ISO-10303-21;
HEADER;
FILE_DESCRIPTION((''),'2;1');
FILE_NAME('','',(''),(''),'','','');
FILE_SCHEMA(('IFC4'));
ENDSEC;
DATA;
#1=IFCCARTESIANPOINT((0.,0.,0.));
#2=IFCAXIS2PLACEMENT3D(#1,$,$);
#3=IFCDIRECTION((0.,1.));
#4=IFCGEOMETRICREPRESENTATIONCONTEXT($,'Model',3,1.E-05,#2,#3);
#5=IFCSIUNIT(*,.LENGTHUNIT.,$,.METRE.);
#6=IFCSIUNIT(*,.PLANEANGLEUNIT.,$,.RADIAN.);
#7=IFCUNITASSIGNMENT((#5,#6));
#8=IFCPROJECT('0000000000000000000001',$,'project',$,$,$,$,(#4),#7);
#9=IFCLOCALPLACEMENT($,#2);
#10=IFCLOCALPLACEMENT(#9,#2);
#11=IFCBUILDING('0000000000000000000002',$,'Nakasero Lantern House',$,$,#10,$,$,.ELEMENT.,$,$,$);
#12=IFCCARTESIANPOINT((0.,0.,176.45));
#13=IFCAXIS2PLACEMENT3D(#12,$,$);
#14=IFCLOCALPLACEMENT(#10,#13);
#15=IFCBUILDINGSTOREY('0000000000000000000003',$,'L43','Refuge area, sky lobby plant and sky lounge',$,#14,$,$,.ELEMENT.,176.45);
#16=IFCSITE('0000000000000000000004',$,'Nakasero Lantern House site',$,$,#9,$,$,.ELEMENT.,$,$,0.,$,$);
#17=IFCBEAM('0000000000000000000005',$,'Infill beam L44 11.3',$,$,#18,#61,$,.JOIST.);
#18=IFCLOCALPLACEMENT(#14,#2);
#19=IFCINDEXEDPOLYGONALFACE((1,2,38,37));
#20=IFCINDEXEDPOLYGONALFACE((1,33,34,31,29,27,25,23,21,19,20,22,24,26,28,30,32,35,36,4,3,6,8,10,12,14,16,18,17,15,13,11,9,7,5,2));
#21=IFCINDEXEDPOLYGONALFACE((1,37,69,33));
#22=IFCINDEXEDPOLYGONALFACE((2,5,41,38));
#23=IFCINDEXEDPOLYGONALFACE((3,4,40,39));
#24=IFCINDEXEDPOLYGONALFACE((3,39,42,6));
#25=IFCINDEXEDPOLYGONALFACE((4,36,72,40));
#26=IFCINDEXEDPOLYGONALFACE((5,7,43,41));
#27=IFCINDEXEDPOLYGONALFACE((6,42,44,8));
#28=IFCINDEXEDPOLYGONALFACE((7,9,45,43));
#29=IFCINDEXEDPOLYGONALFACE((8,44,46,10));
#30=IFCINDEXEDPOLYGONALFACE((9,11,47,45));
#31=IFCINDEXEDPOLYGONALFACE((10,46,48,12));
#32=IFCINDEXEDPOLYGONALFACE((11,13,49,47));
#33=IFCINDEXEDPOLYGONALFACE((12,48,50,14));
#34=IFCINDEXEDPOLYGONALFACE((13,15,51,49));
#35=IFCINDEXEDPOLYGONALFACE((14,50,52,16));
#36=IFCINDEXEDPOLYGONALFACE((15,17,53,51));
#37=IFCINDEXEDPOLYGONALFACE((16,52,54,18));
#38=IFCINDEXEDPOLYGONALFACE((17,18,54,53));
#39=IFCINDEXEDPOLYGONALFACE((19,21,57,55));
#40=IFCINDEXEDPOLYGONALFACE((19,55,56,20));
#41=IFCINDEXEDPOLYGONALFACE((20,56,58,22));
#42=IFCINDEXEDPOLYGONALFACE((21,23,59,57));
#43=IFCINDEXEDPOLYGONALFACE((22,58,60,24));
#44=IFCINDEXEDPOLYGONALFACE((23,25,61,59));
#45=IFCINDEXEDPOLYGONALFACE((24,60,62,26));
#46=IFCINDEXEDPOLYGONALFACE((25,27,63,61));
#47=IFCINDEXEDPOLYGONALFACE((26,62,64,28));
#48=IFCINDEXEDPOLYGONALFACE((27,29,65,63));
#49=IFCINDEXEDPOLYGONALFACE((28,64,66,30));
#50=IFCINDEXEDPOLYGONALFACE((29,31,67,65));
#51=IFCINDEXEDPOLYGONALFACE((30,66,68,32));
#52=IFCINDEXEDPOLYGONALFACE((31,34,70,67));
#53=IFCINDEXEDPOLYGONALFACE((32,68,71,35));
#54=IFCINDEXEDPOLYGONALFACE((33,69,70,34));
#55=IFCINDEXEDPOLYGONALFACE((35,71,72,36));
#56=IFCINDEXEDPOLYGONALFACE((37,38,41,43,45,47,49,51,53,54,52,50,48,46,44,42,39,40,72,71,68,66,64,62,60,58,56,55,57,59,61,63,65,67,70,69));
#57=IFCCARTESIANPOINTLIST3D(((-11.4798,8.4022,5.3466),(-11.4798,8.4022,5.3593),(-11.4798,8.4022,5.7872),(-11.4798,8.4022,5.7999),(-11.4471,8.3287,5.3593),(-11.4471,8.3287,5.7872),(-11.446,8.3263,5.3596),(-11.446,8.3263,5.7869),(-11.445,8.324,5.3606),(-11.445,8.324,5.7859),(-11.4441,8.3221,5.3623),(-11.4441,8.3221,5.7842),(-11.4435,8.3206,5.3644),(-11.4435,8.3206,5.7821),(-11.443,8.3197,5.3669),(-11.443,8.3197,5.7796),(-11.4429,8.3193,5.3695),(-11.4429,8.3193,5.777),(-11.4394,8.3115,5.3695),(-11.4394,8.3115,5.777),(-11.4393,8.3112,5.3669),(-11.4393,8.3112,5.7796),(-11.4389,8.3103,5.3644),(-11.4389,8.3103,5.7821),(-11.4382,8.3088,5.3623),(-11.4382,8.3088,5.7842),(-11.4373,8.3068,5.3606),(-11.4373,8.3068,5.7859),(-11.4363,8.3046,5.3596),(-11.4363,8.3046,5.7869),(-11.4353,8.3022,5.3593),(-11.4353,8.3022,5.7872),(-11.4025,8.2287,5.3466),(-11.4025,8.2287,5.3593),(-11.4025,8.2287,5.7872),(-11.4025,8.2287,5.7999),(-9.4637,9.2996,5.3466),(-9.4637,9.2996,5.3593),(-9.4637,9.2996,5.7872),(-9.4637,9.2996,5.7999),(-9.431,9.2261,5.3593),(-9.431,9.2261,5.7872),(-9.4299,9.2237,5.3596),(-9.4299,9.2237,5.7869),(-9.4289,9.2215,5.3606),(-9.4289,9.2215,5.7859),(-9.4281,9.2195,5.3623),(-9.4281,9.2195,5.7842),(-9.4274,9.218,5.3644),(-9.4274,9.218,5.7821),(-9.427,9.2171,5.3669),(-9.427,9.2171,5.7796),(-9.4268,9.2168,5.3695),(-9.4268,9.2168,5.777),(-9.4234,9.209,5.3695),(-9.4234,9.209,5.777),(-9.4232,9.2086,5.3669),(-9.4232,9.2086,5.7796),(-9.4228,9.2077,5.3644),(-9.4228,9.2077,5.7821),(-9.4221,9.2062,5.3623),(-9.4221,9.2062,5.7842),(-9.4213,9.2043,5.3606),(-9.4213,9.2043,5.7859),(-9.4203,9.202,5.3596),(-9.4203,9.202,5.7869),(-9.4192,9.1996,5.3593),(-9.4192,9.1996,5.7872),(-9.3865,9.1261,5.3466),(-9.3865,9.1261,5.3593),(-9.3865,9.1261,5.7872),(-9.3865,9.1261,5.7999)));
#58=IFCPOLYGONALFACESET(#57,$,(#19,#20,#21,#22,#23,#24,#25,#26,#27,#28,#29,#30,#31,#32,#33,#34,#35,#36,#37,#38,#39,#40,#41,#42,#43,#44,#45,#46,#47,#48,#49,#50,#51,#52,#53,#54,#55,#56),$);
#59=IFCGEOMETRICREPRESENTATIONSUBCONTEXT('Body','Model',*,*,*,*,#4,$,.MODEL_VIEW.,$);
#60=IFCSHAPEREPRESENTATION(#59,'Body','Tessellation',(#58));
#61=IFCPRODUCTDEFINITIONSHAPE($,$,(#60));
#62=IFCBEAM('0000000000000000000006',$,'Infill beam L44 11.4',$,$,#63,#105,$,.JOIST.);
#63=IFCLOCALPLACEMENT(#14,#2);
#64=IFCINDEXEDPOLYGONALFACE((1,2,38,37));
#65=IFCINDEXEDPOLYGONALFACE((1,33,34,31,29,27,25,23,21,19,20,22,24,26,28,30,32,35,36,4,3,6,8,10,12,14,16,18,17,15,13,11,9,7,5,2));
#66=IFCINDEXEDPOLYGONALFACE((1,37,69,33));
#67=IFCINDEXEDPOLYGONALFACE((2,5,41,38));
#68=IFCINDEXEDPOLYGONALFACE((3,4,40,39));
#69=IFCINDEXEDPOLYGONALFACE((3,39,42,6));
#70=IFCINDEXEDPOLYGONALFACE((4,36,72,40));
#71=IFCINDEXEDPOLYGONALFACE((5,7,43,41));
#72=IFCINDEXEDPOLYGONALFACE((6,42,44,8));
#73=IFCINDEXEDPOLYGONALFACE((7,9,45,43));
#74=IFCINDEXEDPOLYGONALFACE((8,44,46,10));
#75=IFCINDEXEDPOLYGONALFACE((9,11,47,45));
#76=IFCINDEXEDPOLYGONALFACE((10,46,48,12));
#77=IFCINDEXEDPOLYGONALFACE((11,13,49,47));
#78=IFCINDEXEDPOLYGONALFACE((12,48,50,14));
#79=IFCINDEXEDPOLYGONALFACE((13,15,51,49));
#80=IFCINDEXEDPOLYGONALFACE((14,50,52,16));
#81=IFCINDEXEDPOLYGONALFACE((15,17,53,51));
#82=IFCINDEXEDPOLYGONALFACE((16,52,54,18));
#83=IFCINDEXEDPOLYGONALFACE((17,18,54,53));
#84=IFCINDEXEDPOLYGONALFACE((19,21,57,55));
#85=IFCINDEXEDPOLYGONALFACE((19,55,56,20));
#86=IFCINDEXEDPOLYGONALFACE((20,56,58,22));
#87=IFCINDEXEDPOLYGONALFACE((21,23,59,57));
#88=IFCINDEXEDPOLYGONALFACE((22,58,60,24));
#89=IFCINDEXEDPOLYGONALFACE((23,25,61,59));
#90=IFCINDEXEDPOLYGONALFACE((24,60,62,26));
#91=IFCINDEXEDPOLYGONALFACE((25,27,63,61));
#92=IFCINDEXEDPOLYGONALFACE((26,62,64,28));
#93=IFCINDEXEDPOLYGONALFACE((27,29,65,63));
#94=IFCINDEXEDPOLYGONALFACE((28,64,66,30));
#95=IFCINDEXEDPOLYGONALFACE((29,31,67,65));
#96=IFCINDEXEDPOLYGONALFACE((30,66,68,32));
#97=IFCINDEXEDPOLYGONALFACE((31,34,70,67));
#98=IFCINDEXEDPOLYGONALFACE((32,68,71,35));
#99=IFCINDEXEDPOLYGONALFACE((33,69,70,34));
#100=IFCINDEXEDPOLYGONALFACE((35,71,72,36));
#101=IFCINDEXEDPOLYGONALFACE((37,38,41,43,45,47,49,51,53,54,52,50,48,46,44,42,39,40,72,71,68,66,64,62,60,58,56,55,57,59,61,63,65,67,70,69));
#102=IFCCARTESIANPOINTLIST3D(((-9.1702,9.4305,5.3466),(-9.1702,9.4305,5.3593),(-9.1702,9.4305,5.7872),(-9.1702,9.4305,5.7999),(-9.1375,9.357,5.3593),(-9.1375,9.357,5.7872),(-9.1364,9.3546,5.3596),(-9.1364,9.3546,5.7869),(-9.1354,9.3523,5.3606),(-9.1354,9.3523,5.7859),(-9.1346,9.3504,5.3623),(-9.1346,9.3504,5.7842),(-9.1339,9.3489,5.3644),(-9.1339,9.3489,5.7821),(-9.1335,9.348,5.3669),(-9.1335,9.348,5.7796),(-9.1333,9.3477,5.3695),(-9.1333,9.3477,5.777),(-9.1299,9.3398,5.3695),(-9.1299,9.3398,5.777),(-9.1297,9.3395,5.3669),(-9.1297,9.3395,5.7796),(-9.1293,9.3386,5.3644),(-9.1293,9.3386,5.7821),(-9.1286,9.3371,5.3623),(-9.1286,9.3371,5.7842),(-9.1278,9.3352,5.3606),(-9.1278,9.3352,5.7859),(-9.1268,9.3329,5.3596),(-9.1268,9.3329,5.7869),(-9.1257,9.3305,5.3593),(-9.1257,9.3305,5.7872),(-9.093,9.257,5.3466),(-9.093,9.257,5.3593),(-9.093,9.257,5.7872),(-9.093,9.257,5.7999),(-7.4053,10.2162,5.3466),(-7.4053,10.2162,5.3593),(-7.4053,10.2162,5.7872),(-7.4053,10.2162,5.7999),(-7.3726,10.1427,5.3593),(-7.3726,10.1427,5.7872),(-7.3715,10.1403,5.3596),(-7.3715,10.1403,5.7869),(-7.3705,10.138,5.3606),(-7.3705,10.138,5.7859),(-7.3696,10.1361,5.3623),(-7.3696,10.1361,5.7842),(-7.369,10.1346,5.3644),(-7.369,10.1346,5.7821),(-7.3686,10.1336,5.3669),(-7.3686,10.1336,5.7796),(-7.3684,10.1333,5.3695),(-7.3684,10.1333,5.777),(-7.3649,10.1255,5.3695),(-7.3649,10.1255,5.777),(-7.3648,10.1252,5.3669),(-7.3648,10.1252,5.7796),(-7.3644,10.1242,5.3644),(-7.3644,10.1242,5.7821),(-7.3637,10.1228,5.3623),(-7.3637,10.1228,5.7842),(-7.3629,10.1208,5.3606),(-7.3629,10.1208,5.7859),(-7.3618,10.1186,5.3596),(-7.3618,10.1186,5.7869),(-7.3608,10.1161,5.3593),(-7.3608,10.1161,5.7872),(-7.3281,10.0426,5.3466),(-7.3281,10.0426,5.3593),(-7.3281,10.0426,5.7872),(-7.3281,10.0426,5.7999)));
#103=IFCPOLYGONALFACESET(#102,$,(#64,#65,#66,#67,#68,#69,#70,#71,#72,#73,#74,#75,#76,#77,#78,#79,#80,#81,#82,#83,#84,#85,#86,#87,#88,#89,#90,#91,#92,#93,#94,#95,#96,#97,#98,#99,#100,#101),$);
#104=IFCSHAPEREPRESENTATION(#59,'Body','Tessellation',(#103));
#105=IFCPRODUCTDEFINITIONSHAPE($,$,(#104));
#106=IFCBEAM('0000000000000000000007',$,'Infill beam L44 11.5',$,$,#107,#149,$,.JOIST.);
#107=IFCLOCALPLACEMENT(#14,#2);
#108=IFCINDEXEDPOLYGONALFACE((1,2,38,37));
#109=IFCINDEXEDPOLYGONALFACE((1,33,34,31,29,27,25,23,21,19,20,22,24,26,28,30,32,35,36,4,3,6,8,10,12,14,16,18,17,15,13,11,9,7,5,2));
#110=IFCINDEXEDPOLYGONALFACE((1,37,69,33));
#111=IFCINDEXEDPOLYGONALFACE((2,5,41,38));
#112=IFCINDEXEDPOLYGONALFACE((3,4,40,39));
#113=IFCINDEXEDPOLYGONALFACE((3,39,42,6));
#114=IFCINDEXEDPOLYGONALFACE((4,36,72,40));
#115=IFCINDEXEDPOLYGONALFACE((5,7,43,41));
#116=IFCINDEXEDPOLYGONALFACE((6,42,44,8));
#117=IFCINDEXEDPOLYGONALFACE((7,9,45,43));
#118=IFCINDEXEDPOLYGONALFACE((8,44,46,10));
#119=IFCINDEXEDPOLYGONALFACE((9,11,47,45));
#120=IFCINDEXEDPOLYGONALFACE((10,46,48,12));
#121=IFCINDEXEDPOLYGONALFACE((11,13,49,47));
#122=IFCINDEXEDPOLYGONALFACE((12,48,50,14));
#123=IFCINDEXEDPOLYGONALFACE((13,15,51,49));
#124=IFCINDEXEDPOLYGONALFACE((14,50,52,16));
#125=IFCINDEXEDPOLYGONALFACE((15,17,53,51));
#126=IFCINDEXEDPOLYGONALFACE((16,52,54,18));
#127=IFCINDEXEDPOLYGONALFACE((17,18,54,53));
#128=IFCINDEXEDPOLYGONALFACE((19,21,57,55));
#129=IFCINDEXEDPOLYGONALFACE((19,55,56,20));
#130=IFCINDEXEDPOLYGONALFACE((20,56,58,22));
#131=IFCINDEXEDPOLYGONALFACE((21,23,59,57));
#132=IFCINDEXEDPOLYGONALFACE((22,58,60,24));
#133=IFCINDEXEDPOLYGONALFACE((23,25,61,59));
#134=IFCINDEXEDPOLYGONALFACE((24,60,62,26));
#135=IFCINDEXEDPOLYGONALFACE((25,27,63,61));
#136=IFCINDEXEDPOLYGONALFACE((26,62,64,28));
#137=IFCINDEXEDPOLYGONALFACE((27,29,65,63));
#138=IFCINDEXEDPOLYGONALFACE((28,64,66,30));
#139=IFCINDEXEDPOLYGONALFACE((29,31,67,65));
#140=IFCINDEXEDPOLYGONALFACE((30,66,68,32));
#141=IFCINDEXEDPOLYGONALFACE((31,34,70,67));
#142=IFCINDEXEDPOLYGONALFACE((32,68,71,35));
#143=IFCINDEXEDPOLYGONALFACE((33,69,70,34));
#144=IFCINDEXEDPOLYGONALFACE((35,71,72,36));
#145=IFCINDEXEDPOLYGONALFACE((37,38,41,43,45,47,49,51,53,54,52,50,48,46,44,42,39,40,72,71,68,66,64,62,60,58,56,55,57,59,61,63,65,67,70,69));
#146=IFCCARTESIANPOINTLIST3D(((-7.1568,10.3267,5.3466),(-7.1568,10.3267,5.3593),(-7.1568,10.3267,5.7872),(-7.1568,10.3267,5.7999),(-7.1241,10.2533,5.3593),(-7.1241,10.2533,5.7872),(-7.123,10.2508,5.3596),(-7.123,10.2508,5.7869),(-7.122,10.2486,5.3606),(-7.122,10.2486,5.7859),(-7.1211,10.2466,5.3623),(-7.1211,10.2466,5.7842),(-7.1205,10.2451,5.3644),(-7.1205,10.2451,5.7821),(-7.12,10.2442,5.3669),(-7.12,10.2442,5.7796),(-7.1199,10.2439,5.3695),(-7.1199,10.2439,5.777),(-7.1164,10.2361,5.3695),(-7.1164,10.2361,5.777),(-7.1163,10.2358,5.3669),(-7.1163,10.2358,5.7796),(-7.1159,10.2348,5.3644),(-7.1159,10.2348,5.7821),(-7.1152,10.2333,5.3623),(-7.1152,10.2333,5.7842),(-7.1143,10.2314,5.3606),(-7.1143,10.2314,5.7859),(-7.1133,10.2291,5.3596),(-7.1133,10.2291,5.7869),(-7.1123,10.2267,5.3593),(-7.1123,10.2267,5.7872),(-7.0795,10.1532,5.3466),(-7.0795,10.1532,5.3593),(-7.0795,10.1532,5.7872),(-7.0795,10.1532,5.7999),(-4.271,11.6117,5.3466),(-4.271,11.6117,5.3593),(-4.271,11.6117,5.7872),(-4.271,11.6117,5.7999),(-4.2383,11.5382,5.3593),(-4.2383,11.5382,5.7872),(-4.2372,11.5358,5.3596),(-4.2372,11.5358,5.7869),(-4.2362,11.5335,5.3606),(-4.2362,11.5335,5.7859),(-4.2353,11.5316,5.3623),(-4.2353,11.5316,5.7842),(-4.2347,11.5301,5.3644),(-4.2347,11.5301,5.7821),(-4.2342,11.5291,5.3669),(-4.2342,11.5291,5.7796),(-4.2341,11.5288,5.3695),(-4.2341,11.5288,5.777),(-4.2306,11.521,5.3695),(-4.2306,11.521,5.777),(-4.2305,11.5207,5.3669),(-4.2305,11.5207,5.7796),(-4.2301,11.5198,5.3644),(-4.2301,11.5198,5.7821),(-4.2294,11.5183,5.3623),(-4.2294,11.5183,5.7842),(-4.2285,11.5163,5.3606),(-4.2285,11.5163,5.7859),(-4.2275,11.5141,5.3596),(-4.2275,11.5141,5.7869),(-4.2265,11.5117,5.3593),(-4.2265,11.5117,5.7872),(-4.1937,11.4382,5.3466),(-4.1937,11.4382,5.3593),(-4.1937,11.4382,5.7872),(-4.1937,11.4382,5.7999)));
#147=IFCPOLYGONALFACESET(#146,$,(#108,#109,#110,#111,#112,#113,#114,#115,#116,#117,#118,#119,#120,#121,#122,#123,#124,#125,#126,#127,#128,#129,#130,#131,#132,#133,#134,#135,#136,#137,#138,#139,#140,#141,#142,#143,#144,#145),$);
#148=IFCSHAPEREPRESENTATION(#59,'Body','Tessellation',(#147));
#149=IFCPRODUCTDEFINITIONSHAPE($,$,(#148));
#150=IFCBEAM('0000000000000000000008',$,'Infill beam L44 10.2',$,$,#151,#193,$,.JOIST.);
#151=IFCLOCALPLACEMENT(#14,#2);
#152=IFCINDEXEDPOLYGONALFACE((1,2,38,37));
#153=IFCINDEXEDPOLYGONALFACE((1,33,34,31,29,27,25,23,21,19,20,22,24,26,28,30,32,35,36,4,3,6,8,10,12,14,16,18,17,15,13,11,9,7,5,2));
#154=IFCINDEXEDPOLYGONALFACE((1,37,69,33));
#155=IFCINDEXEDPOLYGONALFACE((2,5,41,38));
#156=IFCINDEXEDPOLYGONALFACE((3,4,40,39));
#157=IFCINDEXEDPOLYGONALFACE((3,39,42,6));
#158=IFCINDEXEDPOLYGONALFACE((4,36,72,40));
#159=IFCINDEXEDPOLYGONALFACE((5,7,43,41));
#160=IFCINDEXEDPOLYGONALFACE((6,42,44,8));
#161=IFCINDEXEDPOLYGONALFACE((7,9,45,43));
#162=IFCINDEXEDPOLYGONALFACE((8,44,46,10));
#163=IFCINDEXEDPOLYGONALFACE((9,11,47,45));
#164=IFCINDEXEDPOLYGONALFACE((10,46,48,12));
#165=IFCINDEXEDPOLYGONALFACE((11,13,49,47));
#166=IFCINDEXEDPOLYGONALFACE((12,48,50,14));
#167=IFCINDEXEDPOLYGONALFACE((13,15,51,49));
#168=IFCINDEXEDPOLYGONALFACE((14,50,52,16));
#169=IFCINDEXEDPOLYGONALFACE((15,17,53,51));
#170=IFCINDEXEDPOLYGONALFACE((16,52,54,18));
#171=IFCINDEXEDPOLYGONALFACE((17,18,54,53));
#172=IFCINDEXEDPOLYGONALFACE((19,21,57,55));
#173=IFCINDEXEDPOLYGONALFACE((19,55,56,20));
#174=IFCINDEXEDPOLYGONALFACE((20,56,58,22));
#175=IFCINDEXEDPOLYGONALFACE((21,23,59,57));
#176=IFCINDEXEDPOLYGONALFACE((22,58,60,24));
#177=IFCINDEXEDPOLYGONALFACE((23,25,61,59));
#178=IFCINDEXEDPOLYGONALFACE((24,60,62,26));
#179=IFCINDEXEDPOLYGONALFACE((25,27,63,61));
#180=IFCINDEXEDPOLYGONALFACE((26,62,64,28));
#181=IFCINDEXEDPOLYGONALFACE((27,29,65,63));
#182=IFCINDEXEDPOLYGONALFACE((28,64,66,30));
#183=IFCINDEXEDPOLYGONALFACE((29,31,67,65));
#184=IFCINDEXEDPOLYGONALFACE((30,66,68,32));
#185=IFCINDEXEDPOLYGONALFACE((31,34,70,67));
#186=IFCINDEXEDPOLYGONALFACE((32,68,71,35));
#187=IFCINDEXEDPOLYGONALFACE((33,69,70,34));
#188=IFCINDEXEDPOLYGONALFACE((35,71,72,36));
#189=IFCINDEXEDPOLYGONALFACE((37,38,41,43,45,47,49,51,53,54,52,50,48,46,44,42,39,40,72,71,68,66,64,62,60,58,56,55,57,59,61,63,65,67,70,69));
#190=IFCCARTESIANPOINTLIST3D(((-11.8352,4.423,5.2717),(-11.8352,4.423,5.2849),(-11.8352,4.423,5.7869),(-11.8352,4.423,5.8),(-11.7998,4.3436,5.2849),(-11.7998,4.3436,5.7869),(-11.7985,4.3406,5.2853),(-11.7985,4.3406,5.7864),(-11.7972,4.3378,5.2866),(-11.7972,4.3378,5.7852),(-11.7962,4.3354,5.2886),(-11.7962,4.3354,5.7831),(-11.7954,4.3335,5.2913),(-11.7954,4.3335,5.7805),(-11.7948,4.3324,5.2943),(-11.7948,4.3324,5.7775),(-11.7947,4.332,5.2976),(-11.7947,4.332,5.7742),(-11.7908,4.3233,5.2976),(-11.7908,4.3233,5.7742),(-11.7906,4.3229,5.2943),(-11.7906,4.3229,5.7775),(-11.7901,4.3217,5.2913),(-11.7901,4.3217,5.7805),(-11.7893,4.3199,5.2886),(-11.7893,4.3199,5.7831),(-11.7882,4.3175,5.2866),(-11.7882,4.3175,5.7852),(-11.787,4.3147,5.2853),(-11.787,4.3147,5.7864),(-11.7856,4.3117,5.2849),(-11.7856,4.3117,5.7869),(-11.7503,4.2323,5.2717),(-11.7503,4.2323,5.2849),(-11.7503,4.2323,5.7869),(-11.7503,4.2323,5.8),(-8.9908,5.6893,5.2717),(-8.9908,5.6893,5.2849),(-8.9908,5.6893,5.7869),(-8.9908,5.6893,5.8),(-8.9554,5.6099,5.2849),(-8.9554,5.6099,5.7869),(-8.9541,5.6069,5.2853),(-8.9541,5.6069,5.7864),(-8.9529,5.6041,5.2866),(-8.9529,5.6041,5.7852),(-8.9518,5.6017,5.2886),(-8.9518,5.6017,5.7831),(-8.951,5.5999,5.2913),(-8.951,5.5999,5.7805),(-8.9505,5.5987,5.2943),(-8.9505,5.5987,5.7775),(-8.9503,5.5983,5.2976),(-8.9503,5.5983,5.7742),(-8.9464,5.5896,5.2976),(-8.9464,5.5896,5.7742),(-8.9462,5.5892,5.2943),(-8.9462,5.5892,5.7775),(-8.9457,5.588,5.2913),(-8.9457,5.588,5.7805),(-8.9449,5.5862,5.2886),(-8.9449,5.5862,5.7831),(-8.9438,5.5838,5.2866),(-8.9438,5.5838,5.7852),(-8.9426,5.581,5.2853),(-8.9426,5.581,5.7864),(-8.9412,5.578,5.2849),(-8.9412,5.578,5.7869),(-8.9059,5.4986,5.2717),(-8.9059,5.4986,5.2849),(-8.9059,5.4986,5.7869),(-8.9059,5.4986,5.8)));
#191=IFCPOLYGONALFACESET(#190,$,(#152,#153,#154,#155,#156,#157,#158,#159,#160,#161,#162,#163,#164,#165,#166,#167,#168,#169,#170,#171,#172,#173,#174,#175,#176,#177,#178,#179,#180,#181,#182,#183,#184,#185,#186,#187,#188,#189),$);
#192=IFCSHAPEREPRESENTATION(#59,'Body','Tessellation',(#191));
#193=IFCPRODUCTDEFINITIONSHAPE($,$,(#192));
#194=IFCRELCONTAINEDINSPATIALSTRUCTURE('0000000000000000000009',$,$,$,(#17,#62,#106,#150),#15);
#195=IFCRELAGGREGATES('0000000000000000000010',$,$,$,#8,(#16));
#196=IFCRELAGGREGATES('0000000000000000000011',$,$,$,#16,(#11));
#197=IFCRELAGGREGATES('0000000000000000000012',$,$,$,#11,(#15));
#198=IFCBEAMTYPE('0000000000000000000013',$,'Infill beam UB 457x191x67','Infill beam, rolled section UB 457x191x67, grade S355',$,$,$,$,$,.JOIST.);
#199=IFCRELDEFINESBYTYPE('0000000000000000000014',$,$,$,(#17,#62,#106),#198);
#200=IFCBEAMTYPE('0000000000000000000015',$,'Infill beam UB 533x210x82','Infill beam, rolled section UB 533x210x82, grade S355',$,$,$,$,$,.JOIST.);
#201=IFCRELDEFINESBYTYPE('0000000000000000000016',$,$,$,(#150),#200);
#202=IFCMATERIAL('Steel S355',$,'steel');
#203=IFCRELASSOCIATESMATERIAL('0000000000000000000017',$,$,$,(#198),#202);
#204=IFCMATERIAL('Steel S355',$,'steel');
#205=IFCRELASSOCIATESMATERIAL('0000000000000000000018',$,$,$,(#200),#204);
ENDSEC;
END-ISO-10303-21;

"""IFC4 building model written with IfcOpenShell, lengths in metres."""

from ifc_helpers import new_model, si_unit, direction, frame, origin, origin_2d, place, context, subcontext, project, spatial, i_section, extrude, material, material_profile, profile_set, type_object, element, save


model = new_model("IFC4")

# Units and contexts
model_context = context("Model", 3, precision=1e-05, world=origin(), true_north=direction((0.0, 1.0)))
body_context = subcontext(model_context, "Body", "Model", "MODEL_VIEW")
ifc_project = project(units=[si_unit("LENGTHUNIT", "METRE"), si_unit("PLANEANGLEUNIT", "RADIAN")], contexts=[model_context])

# Site, building, storey
site_placement = place(None, origin())
site = spatial("IfcSite", under=ifc_project, at=site_placement, Name="Nakasero Lantern House site", CompositionType="ELEMENT", RefElevation=0.0)
building_placement = place(site_placement, origin())
building = spatial("IfcBuilding", under=site, at=building_placement, Name="Nakasero Lantern House", CompositionType="ELEMENT")
storey_placement = place(building_placement, frame((0.0, 0.0, 176.45)))
storey = spatial("IfcBuildingStorey", under=building, at=storey_placement, Name="L43", Description="Refuge area, sky lobby plant and sky lounge", CompositionType="ELEMENT", Elevation=176.45)

# Beams
ifc_material_1 = material(Name="Steel S355", Category="steel")
ifc_material_profile_1 = material_profile(ifc_material_1, i_section(OverallWidth=0.1899, OverallDepth=0.4534, WebThickness=0.0085, FlangeThickness=0.0127, FilletRadius=0.0103, at=origin_2d()), Name="UB 457x191x67")
ifc_profile_set_1 = profile_set([ifc_material_profile_1], Name="Steel S355")
beam_type_1 = type_object("IfcBeamType", Name="Infill beam UB 457x191x67", Description="Infill beam, rolled section UB 457x191x67, grade S355", PredefinedType="JOIST", material=ifc_profile_set_1)
beam_1_placement = place(storey_placement, frame((-11.4412, 8.3154, 5.5732), z_axis=(0.913574, 0.406672, 0.0), x_axis=(-0.406672, 0.913574, 0.0)))
element("IfcBeam", 1, at=beam_1_placement, inside=storey, type_object=beam_type_1, Name="Infill beam L44 11.3", PredefinedType="JOIST", context=body_context, shape_type="SweptSolid", body=[
    extrude(i_section(OverallWidth=0.1899, OverallDepth=0.4534, WebThickness=0.0085, FlangeThickness=0.0127, FilletRadius=0.0103, at=origin_2d()), origin(), (0.0, 0.0, 1.0), 2.2068),
])
beam_2_placement = place(storey_placement, frame((-9.1316, 9.3438, 5.5732), z_axis=(0.913572, 0.406678, 0.0), x_axis=(-0.406678, 0.913572, 0.0)))
element("IfcBeam", 2, at=beam_2_placement, inside=storey, type_object=beam_type_1, Name="Infill beam L44 11.4", PredefinedType="JOIST", context=body_context, shape_type="SweptSolid", body=[
    extrude(i_section(OverallWidth=0.1899, OverallDepth=0.4534, WebThickness=0.0085, FlangeThickness=0.0127, FilletRadius=0.0103, at=origin_2d()), origin(), (0.0, 0.0, 1.0), 1.9319),
])
beam_3_placement = place(storey_placement, frame((-7.1182, 10.24, 5.5732), z_axis=(0.913534, 0.406762, 0.0), x_axis=(-0.406762, 0.913534, 0.0)))
element("IfcBeam", 3, at=beam_3_placement, inside=storey, type_object=beam_type_1, Name="Infill beam L44 11.5", PredefinedType="JOIST", context=body_context, shape_type="SweptSolid", body=[
    extrude(i_section(OverallWidth=0.1899, OverallDepth=0.4534, WebThickness=0.0085, FlangeThickness=0.0127, FilletRadius=0.0103, at=origin_2d()), origin(), (0.0, 0.0, 1.0), 3.1589),
])
ifc_material_2 = material(Name="Steel S355", Category="steel")
ifc_material_profile_2 = material_profile(ifc_material_2, i_section(OverallWidth=0.2087, OverallDepth=0.5283, WebThickness=0.0095, FlangeThickness=0.0132, FilletRadius=0.0127, at=origin_2d()), Name="UB 533x210x82")
ifc_profile_set_2 = profile_set([ifc_material_profile_2], Name="Steel S355")
beam_type_2 = type_object("IfcBeamType", Name="Infill beam UB 533x210x82", Description="Infill beam, rolled section UB 533x210x82, grade S355", PredefinedType="JOIST", material=ifc_profile_set_2)
beam_4_placement = place(storey_placement, frame((-11.7927, 4.3276, 5.5359), z_axis=(0.913556, 0.406713, 0.0), x_axis=(-0.406713, 0.913556, 0.0)))
element("IfcBeam", 4, at=beam_4_placement, inside=storey, type_object=beam_type_2, Name="Infill beam L44 10.2", PredefinedType="JOIST", context=body_context, shape_type="SweptSolid", body=[
    extrude(i_section(OverallWidth=0.2087, OverallDepth=0.5283, WebThickness=0.0095, FlangeThickness=0.0132, FilletRadius=0.0127, at=origin_2d()), origin(), (0.0, 0.0, 1.0), 3.1135),
])

save(model, "model.ifc")
